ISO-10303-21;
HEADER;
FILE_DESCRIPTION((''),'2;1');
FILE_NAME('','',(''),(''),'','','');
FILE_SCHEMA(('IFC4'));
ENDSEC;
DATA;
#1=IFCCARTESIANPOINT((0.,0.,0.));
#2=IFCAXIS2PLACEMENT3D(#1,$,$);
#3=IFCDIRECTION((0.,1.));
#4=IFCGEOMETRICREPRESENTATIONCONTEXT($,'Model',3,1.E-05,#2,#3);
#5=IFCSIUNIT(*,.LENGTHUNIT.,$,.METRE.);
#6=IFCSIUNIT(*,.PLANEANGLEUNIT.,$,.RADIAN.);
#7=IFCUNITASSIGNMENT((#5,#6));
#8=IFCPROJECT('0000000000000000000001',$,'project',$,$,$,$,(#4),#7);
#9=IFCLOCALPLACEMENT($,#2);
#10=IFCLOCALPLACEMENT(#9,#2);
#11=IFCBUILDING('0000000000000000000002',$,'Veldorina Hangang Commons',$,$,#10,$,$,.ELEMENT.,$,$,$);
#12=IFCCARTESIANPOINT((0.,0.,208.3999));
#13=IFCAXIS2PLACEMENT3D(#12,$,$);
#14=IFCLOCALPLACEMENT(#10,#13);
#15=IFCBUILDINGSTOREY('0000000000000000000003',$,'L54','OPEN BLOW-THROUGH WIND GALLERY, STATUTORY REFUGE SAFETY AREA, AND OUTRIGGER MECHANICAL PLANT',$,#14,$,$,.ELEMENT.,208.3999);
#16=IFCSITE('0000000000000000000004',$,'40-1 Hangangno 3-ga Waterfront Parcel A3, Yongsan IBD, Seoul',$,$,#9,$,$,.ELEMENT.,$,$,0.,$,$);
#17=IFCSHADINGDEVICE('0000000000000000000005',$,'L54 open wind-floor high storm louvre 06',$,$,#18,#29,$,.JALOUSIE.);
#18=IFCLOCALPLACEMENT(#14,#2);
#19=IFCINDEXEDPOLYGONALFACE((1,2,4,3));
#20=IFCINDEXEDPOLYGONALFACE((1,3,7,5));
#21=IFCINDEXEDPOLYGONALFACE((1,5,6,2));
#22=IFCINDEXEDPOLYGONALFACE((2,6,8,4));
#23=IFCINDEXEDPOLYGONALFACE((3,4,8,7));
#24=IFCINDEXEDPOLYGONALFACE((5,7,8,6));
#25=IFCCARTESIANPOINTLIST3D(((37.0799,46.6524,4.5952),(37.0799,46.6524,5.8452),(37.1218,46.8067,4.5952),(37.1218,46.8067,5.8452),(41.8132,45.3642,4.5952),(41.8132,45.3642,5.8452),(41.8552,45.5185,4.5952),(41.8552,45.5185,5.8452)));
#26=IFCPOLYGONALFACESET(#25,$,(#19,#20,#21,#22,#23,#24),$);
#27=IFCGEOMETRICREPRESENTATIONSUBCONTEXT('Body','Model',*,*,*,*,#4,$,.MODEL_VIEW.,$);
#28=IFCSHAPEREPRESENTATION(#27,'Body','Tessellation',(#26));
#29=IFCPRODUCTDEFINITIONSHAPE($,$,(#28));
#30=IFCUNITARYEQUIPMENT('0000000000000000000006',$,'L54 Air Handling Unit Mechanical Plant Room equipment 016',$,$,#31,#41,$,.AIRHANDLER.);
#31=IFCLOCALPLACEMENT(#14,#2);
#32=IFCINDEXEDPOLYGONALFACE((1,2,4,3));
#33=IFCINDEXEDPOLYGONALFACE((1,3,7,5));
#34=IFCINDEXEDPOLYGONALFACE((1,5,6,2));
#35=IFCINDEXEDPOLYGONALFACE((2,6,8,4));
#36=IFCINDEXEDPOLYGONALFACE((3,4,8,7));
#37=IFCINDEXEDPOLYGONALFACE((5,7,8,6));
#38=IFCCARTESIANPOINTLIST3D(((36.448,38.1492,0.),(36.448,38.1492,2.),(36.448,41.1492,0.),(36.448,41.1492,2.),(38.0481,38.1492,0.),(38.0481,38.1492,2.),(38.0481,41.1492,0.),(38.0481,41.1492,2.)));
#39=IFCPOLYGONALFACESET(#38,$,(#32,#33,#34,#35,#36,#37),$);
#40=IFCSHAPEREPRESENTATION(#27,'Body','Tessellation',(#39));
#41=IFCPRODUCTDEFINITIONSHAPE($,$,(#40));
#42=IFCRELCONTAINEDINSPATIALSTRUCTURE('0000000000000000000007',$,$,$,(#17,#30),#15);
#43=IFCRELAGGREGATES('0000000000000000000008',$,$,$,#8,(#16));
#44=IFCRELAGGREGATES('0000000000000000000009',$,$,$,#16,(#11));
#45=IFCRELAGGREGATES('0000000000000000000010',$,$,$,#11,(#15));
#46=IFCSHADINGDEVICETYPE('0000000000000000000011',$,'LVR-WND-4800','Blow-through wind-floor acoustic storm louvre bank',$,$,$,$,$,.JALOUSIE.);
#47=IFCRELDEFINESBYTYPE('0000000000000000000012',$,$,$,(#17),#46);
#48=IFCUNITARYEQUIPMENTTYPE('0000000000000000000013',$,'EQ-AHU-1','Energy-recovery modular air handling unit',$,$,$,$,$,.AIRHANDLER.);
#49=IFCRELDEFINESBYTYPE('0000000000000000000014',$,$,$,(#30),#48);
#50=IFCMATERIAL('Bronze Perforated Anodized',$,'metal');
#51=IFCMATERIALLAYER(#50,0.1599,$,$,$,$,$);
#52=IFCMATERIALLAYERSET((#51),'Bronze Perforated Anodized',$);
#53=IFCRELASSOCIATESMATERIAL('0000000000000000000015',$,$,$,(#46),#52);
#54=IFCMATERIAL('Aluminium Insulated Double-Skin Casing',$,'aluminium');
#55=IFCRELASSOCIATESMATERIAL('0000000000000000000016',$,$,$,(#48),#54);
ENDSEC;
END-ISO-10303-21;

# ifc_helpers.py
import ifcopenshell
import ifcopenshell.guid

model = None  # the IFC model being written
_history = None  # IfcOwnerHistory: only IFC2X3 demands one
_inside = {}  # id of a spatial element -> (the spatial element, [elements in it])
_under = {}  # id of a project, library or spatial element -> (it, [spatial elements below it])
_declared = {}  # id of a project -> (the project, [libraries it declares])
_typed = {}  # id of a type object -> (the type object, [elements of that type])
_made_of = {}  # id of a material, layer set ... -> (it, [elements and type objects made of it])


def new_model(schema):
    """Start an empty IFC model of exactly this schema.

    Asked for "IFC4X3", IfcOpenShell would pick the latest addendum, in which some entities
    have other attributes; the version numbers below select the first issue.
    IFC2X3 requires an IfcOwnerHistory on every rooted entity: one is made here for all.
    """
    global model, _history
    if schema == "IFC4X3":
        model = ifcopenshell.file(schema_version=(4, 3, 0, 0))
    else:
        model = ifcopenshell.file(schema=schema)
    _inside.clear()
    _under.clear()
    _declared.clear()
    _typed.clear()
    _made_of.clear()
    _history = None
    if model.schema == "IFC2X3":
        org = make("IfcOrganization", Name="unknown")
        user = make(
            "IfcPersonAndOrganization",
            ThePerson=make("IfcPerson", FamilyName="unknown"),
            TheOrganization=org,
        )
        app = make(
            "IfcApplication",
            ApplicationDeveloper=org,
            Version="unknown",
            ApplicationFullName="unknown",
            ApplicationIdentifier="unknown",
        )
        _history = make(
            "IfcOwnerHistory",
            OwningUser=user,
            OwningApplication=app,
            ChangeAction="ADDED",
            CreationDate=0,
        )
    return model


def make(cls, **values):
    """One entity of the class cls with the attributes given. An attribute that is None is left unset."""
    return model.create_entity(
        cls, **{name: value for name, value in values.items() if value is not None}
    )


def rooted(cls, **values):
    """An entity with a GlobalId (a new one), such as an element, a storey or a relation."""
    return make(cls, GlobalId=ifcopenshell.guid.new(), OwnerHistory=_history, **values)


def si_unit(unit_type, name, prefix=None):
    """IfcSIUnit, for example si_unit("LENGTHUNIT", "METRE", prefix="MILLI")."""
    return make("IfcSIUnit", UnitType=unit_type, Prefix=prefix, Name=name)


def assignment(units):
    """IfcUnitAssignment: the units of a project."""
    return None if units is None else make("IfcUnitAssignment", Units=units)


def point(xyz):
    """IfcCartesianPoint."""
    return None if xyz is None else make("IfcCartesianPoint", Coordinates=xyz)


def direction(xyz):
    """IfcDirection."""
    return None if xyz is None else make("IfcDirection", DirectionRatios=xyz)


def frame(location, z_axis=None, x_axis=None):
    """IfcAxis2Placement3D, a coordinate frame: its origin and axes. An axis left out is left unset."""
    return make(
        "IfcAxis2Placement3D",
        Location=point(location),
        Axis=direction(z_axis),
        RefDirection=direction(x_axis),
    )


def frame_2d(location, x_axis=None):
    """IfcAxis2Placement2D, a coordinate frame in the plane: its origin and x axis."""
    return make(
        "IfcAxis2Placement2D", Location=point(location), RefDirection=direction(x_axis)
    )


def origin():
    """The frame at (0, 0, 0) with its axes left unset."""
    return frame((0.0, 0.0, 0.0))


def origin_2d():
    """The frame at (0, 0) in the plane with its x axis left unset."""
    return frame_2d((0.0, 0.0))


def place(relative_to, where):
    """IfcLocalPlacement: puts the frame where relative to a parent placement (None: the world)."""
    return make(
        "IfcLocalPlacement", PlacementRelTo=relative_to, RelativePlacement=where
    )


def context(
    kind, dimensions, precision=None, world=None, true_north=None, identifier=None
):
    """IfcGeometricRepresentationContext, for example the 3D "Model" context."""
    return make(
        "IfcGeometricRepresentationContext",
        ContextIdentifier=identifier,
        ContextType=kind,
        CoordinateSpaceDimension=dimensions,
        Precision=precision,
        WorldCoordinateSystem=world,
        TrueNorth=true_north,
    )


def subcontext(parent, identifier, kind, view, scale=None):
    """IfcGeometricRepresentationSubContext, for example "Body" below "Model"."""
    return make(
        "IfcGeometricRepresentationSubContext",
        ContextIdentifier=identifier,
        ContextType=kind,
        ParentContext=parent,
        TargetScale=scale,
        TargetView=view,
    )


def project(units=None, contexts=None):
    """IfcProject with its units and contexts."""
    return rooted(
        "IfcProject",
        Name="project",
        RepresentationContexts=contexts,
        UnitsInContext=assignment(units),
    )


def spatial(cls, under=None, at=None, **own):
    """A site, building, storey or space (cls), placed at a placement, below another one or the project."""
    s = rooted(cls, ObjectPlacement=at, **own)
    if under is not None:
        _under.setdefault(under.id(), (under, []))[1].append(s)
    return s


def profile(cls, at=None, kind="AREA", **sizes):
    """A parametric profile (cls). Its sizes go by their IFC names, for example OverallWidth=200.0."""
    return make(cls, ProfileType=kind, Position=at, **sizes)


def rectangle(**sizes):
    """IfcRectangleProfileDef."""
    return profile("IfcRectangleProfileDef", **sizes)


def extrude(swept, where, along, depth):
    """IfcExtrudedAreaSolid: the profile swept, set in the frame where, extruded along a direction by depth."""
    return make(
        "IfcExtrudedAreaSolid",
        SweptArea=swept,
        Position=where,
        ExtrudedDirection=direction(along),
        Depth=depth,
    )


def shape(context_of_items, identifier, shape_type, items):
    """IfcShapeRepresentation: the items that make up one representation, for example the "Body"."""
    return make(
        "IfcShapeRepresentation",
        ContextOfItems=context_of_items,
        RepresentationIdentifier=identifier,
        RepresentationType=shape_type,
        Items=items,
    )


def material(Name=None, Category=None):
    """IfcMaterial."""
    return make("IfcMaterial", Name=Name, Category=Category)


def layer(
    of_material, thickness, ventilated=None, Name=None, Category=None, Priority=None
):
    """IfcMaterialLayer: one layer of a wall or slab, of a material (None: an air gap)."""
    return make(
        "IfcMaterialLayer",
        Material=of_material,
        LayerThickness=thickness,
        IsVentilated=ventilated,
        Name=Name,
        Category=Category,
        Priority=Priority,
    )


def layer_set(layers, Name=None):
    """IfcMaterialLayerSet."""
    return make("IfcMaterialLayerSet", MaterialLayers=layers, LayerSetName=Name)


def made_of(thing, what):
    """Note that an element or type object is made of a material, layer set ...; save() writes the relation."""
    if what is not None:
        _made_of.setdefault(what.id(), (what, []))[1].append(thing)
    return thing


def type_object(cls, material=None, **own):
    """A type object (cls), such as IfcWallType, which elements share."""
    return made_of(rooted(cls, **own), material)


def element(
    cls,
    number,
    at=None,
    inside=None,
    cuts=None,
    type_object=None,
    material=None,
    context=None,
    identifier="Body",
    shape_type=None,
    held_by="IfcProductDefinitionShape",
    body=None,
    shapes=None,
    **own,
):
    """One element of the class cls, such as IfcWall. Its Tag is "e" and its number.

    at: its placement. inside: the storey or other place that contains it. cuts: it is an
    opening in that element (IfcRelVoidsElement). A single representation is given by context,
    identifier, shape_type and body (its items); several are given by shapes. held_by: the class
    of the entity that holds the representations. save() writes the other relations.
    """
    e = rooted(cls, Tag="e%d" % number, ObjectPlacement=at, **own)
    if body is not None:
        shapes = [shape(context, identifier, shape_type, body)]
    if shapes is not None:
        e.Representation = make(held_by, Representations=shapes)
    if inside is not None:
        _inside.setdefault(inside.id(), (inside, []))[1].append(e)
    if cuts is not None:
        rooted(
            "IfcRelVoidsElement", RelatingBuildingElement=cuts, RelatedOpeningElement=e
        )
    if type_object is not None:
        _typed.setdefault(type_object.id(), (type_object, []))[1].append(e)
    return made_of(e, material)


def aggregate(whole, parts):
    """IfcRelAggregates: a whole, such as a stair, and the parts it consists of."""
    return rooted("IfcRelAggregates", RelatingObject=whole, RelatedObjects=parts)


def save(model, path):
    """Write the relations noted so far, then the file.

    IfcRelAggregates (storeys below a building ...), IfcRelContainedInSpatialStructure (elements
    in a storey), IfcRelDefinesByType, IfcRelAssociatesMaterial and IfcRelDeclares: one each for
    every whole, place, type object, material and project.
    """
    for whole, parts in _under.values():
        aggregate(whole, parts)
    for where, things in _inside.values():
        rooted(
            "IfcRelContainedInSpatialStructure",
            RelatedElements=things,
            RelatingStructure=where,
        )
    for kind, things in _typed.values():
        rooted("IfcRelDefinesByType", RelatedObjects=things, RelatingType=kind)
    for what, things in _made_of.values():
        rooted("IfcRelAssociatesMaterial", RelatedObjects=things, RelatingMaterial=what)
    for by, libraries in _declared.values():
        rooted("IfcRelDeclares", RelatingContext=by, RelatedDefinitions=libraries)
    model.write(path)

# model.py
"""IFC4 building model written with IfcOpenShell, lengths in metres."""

from ifc_helpers import new_model, si_unit, direction, frame, origin, origin_2d, place, context, subcontext, project, spatial, rectangle, extrude, material, layer, layer_set, type_object, element, save


model = new_model("IFC4")

# Units and contexts
model_context = context("Model", 3, precision=1e-05, world=origin(), true_north=direction((0.0, 1.0)))
body_context = subcontext(model_context, "Body", "Model", "MODEL_VIEW")
ifc_project = project(units=[si_unit("LENGTHUNIT", "METRE"), si_unit("PLANEANGLEUNIT", "RADIAN")], contexts=[model_context])

# Site, building, storey
site_placement = place(None, origin())
site = spatial("IfcSite", under=ifc_project, at=site_placement, Name="40-1 Hangangno 3-ga Waterfront Parcel A3, Yongsan IBD, Seoul", CompositionType="ELEMENT", RefElevation=0.0)
building_placement = place(site_placement, origin())
building = spatial("IfcBuilding", under=site, at=building_placement, Name="Veldorina Hangang Commons", CompositionType="ELEMENT")
storey_placement = place(building_placement, frame((0.0, 0.0, 208.3999)))
storey = spatial("IfcBuildingStorey", under=building, at=storey_placement, Name="L54", Description="OPEN BLOW-THROUGH WIND GALLERY, STATUTORY REFUGE SAFETY AREA, AND OUTRIGGER MECHANICAL PLANT", CompositionType="ELEMENT", Elevation=208.3999)

# Shading device
ifc_material_1 = material(Name="Bronze Perforated Anodized", Category="metal")
ifc_layer_1 = layer(ifc_material_1, 0.1599)
ifc_layer_set_1 = layer_set([ifc_layer_1], Name="Bronze Perforated Anodized")
shading_device_type = type_object("IfcShadingDeviceType", Name="LVR-WND-4800", Description="Blow-through wind-floor acoustic storm louvre bank", PredefinedType="JALOUSIE", material=ifc_layer_set_1)
shading_device_placement = place(storey_placement, frame((39.4675, 46.0854, 4.5952), z_axis=(0.0, 0.0, 1.0), x_axis=(-0.964907, 0.262593, 0.0)))
element("IfcShadingDevice", 1, at=shading_device_placement, inside=storey, type_object=shading_device_type, Name="L54 open wind-floor high storm louvre 06", PredefinedType="JALOUSIE", context=body_context, shape_type="SweptSolid", body=[
    extrude(rectangle(XDim=4.9055, YDim=0.1599, at=origin_2d()), origin(), (0.0, 0.0, 1.0), 1.25),
])

# Unitary equipment
ifc_material_2 = material(Name="Aluminium Insulated Double-Skin Casing", Category="aluminium")
unitary_equipment_type = type_object("IfcUnitaryEquipmentType", Name="EQ-AHU-1", Description="Energy-recovery modular air handling unit", PredefinedType="AIRHANDLER", material=ifc_material_2)
unitary_equipment_placement = place(storey_placement, frame((37.248, 39.6492, 0.0), z_axis=(0.0, 0.0, 1.0), x_axis=(1.0, 0.0, 0.0)))
element("IfcUnitaryEquipment", 2, at=unitary_equipment_placement, inside=storey, type_object=unitary_equipment_type, Name="L54 Air Handling Unit Mechanical Plant Room equipment 016", PredefinedType="AIRHANDLER", context=body_context, shape_type="SweptSolid", body=[
    extrude(rectangle(XDim=1.6001, YDim=3.0, at=origin_2d()), origin(), (0.0, 0.0, 1.0), 2.0),
])

save(model, "model.ifc")
